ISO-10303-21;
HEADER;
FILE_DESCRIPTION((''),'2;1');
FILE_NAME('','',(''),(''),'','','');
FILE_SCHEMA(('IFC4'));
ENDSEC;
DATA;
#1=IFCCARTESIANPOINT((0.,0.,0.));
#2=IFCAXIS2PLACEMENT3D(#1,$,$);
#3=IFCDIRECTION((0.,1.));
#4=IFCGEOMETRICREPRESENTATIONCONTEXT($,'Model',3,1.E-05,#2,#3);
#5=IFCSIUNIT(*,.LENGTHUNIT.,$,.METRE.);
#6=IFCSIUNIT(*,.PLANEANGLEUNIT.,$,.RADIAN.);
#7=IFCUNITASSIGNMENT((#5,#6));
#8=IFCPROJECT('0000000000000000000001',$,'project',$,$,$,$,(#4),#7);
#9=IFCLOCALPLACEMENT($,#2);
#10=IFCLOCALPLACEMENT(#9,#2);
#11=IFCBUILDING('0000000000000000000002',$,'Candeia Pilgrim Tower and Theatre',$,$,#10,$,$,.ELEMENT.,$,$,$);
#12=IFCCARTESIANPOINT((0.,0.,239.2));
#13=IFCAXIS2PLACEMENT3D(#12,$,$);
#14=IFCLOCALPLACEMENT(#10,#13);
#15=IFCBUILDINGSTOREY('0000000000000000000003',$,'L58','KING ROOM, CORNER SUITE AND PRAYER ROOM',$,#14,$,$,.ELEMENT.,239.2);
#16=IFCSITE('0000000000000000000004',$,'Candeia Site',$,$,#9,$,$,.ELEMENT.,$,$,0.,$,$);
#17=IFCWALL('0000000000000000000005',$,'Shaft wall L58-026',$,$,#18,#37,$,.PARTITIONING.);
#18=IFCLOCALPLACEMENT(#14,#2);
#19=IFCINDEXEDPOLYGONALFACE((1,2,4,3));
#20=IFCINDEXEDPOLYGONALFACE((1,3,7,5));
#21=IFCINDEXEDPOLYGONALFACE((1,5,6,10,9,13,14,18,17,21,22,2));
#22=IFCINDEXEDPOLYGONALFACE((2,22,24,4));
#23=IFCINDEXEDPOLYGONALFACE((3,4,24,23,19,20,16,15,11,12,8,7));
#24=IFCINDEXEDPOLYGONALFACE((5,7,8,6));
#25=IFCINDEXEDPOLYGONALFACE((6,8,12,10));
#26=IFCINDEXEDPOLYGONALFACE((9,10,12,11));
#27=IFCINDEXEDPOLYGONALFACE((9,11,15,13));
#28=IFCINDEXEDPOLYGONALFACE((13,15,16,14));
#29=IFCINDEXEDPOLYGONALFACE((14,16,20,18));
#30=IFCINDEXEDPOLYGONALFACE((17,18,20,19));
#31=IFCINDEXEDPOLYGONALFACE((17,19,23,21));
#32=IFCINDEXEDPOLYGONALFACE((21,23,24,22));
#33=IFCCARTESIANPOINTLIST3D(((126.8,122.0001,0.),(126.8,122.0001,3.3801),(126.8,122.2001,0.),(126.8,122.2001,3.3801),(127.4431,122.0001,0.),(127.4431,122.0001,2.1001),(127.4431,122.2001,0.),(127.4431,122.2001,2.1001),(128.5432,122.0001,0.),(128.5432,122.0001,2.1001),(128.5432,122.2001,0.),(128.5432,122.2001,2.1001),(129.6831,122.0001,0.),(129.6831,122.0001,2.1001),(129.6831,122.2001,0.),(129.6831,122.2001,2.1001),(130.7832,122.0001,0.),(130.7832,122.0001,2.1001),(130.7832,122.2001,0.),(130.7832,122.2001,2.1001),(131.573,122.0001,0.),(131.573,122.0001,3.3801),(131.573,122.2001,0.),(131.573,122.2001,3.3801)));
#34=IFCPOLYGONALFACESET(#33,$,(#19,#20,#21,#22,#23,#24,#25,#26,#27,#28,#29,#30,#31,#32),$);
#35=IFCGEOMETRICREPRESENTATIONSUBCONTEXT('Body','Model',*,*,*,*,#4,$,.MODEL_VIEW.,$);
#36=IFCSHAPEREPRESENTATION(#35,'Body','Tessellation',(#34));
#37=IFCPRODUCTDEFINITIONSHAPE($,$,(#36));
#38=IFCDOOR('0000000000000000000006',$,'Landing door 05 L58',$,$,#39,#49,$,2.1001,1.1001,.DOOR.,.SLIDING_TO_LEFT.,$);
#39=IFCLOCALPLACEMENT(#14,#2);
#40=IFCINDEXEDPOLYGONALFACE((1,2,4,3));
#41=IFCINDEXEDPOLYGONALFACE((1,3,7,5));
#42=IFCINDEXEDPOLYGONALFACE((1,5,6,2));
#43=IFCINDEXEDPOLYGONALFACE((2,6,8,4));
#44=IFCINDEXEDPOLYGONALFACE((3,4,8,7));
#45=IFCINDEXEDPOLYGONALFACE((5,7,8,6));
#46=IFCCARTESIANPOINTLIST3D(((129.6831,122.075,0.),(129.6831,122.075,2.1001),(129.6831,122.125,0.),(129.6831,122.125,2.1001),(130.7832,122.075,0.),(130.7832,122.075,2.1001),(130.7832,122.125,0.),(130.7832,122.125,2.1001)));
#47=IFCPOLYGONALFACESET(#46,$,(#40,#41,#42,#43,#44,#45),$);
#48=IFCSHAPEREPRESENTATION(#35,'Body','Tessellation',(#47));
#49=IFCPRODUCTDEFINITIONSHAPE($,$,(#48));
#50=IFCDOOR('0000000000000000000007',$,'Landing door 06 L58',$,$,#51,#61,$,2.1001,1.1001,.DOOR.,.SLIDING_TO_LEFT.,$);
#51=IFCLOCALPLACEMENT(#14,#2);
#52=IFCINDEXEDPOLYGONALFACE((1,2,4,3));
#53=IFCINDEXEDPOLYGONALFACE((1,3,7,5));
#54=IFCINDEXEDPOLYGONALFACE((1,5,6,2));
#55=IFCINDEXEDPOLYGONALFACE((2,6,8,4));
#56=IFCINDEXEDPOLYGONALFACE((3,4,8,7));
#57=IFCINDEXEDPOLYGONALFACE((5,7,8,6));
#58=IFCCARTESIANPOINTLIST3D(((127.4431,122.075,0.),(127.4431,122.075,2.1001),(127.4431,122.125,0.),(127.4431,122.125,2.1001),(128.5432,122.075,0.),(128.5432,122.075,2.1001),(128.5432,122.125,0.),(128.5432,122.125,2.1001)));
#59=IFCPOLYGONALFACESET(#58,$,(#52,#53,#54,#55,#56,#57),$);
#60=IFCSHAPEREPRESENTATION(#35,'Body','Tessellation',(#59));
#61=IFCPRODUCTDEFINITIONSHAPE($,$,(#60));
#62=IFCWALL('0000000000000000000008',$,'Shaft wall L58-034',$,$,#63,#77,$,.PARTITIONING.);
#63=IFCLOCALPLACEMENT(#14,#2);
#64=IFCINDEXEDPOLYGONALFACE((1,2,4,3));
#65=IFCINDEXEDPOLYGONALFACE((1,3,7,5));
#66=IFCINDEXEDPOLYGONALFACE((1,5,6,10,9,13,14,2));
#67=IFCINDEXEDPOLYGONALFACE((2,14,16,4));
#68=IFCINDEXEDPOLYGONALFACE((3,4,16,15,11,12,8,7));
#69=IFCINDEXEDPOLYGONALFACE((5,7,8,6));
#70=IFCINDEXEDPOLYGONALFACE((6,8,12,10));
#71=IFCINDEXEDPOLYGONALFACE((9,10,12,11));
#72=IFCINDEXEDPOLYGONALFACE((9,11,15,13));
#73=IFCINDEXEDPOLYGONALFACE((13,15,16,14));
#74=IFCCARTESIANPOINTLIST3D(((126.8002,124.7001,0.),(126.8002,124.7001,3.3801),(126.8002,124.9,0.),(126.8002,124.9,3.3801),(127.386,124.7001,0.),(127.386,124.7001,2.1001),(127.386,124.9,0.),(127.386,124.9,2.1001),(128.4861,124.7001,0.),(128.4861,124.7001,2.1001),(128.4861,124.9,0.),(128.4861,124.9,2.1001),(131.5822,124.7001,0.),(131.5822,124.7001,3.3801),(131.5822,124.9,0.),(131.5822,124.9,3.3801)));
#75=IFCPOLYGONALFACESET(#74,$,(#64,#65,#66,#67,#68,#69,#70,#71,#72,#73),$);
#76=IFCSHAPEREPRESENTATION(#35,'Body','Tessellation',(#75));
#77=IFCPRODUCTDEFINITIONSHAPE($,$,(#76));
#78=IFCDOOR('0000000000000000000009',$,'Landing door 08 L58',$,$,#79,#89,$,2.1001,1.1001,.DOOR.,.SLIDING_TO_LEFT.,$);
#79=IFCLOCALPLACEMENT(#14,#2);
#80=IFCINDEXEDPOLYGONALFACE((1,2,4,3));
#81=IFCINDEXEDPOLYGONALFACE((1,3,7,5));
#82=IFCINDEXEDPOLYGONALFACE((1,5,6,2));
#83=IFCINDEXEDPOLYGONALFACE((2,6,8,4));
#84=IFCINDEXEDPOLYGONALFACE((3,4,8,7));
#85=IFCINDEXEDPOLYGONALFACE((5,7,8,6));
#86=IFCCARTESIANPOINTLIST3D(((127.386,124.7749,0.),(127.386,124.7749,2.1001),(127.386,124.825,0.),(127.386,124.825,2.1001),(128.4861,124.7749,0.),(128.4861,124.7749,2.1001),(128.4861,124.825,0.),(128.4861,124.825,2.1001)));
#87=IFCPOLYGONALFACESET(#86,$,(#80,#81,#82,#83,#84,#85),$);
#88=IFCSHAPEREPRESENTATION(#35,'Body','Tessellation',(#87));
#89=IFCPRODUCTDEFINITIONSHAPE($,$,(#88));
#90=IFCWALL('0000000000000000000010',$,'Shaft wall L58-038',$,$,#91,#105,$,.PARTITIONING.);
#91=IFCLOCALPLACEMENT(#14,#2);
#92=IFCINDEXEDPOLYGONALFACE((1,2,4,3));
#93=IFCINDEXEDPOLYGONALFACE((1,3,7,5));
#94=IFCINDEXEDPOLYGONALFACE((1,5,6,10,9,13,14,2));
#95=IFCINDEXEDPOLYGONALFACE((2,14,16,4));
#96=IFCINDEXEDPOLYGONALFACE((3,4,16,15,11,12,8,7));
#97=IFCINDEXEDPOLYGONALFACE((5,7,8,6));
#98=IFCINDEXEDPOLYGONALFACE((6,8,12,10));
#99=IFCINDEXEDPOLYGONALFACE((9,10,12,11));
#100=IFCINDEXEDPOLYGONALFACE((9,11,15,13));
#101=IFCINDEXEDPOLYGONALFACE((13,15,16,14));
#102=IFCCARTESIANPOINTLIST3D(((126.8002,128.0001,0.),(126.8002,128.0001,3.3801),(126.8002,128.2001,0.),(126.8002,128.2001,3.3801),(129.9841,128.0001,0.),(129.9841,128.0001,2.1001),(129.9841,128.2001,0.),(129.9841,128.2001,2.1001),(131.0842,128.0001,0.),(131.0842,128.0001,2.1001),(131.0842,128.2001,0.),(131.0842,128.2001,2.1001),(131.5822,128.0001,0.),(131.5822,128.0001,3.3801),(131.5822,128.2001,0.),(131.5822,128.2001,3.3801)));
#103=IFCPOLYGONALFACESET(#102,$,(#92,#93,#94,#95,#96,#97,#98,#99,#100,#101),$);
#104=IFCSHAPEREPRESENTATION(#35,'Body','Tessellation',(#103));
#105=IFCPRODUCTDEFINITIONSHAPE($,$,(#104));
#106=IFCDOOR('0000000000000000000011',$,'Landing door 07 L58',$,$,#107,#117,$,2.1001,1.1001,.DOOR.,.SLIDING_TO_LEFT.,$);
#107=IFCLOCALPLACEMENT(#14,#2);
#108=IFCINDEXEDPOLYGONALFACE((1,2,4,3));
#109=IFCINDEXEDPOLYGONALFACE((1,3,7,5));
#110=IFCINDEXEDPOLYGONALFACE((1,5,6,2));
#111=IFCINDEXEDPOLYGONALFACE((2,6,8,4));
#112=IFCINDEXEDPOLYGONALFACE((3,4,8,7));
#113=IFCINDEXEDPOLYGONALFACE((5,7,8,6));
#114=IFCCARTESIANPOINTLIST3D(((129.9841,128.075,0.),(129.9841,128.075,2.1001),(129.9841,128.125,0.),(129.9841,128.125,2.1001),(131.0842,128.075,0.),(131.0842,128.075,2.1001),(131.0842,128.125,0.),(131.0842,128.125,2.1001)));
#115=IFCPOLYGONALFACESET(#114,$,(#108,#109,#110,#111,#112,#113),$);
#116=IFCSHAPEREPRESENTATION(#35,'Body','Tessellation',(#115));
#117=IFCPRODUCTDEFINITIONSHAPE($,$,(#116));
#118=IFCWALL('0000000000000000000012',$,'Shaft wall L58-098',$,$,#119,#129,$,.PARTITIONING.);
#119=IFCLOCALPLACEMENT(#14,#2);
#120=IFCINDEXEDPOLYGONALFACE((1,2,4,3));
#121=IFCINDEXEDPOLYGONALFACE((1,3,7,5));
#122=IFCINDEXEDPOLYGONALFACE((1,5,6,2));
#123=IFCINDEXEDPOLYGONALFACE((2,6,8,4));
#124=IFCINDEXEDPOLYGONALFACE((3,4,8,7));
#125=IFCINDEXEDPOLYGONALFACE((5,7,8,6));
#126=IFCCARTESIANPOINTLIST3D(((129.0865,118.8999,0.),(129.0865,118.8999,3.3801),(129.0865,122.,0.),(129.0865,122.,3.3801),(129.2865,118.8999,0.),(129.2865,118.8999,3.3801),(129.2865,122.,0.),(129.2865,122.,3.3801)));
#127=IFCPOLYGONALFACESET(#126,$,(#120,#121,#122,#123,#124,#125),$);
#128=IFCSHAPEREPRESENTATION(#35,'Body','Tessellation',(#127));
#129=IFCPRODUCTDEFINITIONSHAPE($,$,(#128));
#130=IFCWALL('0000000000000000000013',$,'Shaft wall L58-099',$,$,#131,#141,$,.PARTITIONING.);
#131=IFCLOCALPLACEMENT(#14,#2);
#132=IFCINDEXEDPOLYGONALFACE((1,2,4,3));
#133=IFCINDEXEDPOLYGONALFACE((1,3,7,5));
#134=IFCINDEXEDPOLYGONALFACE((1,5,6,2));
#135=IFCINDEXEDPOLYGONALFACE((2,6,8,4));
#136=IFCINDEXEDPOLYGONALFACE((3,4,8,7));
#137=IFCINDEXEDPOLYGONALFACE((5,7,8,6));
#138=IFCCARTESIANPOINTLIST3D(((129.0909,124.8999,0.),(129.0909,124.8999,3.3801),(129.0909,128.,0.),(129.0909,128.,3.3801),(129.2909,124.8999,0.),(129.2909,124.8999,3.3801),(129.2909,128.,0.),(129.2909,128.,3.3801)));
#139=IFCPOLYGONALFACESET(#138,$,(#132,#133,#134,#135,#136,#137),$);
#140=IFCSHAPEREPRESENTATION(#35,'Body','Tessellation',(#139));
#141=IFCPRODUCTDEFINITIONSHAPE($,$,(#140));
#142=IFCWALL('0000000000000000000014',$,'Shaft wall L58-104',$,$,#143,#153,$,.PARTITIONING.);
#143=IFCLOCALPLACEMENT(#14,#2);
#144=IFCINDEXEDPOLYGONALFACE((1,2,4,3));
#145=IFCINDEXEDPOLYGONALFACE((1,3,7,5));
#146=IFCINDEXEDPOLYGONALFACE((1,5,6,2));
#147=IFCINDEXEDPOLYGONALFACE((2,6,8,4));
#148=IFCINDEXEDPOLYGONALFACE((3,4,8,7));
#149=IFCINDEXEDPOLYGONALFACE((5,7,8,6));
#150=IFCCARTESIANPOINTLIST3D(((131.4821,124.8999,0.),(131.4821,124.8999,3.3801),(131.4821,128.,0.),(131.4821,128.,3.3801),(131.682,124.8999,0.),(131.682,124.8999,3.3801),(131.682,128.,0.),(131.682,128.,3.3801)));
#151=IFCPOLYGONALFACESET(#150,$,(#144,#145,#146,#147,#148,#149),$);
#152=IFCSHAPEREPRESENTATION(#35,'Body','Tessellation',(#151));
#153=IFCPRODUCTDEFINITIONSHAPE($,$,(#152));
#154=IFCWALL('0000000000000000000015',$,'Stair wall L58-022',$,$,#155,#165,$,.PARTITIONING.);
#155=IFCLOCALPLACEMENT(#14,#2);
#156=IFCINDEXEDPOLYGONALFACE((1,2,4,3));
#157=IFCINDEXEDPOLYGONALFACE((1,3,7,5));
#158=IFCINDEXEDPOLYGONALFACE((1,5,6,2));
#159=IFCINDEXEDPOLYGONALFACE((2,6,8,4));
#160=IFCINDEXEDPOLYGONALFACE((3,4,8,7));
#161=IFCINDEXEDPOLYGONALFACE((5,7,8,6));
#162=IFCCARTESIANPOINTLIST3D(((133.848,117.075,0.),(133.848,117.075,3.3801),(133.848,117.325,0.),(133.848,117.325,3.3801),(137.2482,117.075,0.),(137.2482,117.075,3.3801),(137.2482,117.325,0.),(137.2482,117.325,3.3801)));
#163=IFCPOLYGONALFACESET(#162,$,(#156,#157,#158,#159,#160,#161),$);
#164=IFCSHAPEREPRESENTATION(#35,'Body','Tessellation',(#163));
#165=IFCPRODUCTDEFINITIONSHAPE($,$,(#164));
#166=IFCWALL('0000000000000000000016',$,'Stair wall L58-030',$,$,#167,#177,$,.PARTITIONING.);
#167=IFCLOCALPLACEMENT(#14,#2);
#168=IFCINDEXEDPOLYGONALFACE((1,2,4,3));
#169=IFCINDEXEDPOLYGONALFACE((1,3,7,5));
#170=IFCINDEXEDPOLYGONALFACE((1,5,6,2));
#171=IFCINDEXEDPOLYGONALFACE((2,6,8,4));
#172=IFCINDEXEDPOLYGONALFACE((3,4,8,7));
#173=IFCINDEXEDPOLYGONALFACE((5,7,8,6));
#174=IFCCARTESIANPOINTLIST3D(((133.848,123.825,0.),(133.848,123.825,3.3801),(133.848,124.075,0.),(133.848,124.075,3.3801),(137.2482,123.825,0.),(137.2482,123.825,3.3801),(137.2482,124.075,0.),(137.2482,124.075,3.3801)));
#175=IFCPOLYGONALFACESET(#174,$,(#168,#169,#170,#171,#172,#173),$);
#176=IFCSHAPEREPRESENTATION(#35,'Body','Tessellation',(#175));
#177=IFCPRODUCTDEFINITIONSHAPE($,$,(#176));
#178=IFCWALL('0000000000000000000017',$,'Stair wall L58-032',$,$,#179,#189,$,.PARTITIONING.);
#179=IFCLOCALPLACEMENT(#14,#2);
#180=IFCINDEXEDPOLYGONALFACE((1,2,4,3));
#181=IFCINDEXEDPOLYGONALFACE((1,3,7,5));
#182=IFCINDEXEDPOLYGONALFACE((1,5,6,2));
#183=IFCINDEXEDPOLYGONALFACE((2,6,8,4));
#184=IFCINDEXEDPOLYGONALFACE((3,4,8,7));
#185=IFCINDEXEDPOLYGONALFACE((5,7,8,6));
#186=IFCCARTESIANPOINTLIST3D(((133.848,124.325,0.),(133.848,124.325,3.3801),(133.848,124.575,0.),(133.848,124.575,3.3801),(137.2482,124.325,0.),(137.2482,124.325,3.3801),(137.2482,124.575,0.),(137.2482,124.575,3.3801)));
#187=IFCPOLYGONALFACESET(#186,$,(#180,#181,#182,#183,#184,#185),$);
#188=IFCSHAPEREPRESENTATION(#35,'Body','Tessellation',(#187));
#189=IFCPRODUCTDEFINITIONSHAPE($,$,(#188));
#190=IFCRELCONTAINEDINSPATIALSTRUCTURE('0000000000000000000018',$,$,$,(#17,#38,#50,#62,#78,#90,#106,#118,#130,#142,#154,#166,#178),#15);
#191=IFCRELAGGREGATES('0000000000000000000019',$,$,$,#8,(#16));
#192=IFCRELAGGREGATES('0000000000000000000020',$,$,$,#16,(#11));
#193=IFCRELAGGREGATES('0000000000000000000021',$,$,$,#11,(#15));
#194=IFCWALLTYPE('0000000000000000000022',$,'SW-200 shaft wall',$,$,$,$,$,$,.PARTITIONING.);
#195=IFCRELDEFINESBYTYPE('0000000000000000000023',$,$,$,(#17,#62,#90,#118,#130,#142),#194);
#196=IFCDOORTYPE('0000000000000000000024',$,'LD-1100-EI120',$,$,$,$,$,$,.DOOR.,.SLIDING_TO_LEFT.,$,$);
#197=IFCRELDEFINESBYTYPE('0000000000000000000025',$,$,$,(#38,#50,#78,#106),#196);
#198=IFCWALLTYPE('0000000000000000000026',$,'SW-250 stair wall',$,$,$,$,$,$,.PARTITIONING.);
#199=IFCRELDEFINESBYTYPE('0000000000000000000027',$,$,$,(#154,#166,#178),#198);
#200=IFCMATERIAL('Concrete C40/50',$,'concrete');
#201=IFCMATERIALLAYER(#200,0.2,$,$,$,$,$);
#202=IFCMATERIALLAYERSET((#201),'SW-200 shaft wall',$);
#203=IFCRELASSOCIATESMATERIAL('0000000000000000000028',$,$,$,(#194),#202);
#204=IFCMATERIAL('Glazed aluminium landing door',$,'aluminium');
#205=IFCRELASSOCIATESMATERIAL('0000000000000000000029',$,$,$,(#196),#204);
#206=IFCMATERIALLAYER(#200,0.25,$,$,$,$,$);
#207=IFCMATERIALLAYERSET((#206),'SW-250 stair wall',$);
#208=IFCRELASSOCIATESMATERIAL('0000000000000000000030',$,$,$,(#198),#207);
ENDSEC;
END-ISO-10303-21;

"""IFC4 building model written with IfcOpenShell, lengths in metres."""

from ifc_helpers import new_model, si_unit, direction, frame, frame_2d, origin, place, context, subcontext, project, spatial, rectangle, extrude, material, layer, layer_set, type_object, element, fill, save


model = new_model("IFC4")

# Units and contexts
model_context = context("Model", 3, precision=1e-05, world=origin(), true_north=direction((0.0, 1.0)))
body_context = subcontext(model_context, "Body", "Model", "MODEL_VIEW")
ifc_project = project(units=[si_unit("LENGTHUNIT", "METRE"), si_unit("PLANEANGLEUNIT", "RADIAN")], contexts=[model_context])

# Site, building, storey
site_placement = place(None, origin())
site = spatial("IfcSite", under=ifc_project, at=site_placement, Name="Candeia Site", CompositionType="ELEMENT", RefElevation=0.0)
building_placement = place(site_placement, origin())
building = spatial("IfcBuilding", under=site, at=building_placement, Name="Candeia Pilgrim Tower and Theatre", CompositionType="ELEMENT")
storey_placement = place(building_placement, frame((0.0, 0.0, 239.2)))
storey = spatial("IfcBuildingStorey", under=building, at=storey_placement, Name="L58", Description="KING ROOM, CORNER SUITE AND PRAYER ROOM", CompositionType="ELEMENT", Elevation=239.2)

# Shared definitions
ifc_material_1 = material(Name="Concrete C40/50", Category="concrete")
ifc_layer_1 = layer(ifc_material_1, 0.2)
ifc_layer_set_1 = layer_set([ifc_layer_1], Name="SW-200 shaft wall")
wall_type_1 = type_object("IfcWallType", Name="SW-200 shaft wall", PredefinedType="PARTITIONING", material=ifc_layer_set_1)

# Wall, openings, doors
wall_1_placement = place(storey_placement, frame((126.8, 122.1001, 0.0), z_axis=(0.0, 0.0, 1.0), x_axis=(1.0, 0.0, 0.0)))
wall_1 = element("IfcWall", 1, at=wall_1_placement, inside=storey, type_object=wall_type_1, Name="Shaft wall L58-026", PredefinedType="PARTITIONING", context=body_context, shape_type="SweptSolid", body=[
    extrude(rectangle(XDim=4.7729, YDim=0.2, at=frame_2d((2.3865, 0.0))), origin(), (0.0, 0.0, 1.0), 3.3801),
])
opening_1_placement = place(wall_1_placement, frame((2.8831, 0.0, 0.0)))
opening_1 = element("IfcOpeningElement", 2, at=opening_1_placement, cuts=wall_1, PredefinedType="OPENING", context=body_context, shape_type="SweptSolid", body=[
    extrude(rectangle(XDim=1.1001, YDim=2.1001, at=frame_2d((0.55, 1.05))), frame((0.0, 0.1099, 0.0), z_axis=(0.0, -1.0, 0.0), x_axis=(1.0, 0.0, 0.0)), (0.0, 0.0, 1.0), 0.22),
])
opening_2_placement = place(wall_1_placement, frame((0.6431, 0.0, 0.0)))
opening_2 = element("IfcOpeningElement", 3, at=opening_2_placement, cuts=wall_1, PredefinedType="OPENING", context=body_context, shape_type="SweptSolid", body=[
    extrude(rectangle(XDim=1.1001, YDim=2.1001, at=frame_2d((0.55, 1.05))), frame((0.0, 0.1099, 0.0), z_axis=(0.0, -1.0, 0.0), x_axis=(1.0, 0.0, 0.0)), (0.0, 0.0, 1.0), 0.22),
])
ifc_material_2 = material(Name="Glazed aluminium landing door", Category="aluminium")
door_type_1 = type_object("IfcDoorType", Name="LD-1100-EI120", OperationType="SLIDING_TO_LEFT", PredefinedType="DOOR", material=ifc_material_2)
door_1_placement = place(opening_1_placement, origin())
door_1 = element("IfcDoor", 4, at=door_1_placement, inside=storey, type_object=door_type_1, Name="Landing door 05 L58", OperationType="SLIDING_TO_LEFT", OverallHeight=2.1001, OverallWidth=1.1001, PredefinedType="DOOR", context=body_context, shape_type="SweptSolid", body=[
    extrude(rectangle(XDim=1.1001, YDim=2.1001, at=frame_2d((0.55, 1.05))), frame((0.0, 0.0249, 0.0), z_axis=(0.0, -1.0, 0.0), x_axis=(1.0, 0.0, 0.0)), (0.0, 0.0, 1.0), 0.05),
])
fill(opening_1, door_1)
door_2_placement = place(opening_2_placement, origin())
door_2 = element("IfcDoor", 5, at=door_2_placement, inside=storey, type_object=door_type_1, Name="Landing door 06 L58", OperationType="SLIDING_TO_LEFT", OverallHeight=2.1001, OverallWidth=1.1001, PredefinedType="DOOR", context=body_context, shape_type="SweptSolid", body=[
    extrude(rectangle(XDim=1.1001, YDim=2.1001, at=frame_2d((0.55, 1.05))), frame((0.0, 0.0249, 0.0), z_axis=(0.0, -1.0, 0.0), x_axis=(1.0, 0.0, 0.0)), (0.0, 0.0, 1.0), 0.05),
])
fill(opening_2, door_2)

# Walls, openings, doors
wall_2_placement = place(storey_placement, frame((126.8, 124.8, 0.0), z_axis=(0.0, 0.0, 1.0), x_axis=(1.0, 0.0, 0.0)))
wall_2 = element("IfcWall", 6, at=wall_2_placement, inside=storey, type_object=wall_type_1, Name="Shaft wall L58-034", PredefinedType="PARTITIONING", context=body_context, shape_type="SweptSolid", body=[
    extrude(rectangle(XDim=4.782, YDim=0.2, at=frame_2d((2.3911, 0.0))), origin(), (0.0, 0.0, 1.0), 3.3801),
])
opening_3_placement = place(wall_2_placement, frame((0.5859, 0.0, 0.0)))
opening_3 = element("IfcOpeningElement", 7, at=opening_3_placement, cuts=wall_2, PredefinedType="OPENING", context=body_context, shape_type="SweptSolid", body=[
    extrude(rectangle(XDim=1.1001, YDim=2.1001, at=frame_2d((0.55, 1.05))), frame((0.0, 0.1099, 0.0), z_axis=(0.0, -1.0, 0.0), x_axis=(1.0, 0.0, 0.0)), (0.0, 0.0, 1.0), 0.22),
])
door_3_placement = place(opening_3_placement, origin())
door_3 = element("IfcDoor", 8, at=door_3_placement, inside=storey, type_object=door_type_1, Name="Landing door 08 L58", OperationType="SLIDING_TO_LEFT", OverallHeight=2.1001, OverallWidth=1.1001, PredefinedType="DOOR", context=body_context, shape_type="SweptSolid", body=[
    extrude(rectangle(XDim=1.1001, YDim=2.1001, at=frame_2d((0.55, 1.05))), frame((0.0, 0.0249, 0.0), z_axis=(0.0, -1.0, 0.0), x_axis=(1.0, 0.0, 0.0)), (0.0, 0.0, 1.0), 0.05),
])
fill(opening_3, door_3)
wall_3_placement = place(storey_placement, frame((126.8, 128.1001, 0.0), z_axis=(0.0, 0.0, 1.0), x_axis=(1.0, 0.0, 0.0)))
wall_3 = element("IfcWall", 9, at=wall_3_placement, inside=storey, type_object=wall_type_1, Name="Shaft wall L58-038", PredefinedType="PARTITIONING", context=body_context, shape_type="SweptSolid", body=[
    extrude(rectangle(XDim=4.782, YDim=0.2, at=frame_2d((2.3911, 0.0))), origin(), (0.0, 0.0, 1.0), 3.3801),
])
opening_4_placement = place(wall_3_placement, frame((3.1841, 0.0, 0.0)))
opening_4 = element("IfcOpeningElement", 10, at=opening_4_placement, cuts=wall_3, PredefinedType="OPENING", context=body_context, shape_type="SweptSolid", body=[
    extrude(rectangle(XDim=1.1001, YDim=2.1001, at=frame_2d((0.55, 1.05))), frame((0.0, 0.1099, 0.0), z_axis=(0.0, -1.0, 0.0), x_axis=(1.0, 0.0, 0.0)), (0.0, 0.0, 1.0), 0.22),
])
door_4_placement = place(opening_4_placement, origin())
door_4 = element("IfcDoor", 11, at=door_4_placement, inside=storey, type_object=door_type_1, Name="Landing door 07 L58", OperationType="SLIDING_TO_LEFT", OverallHeight=2.1001, OverallWidth=1.1001, PredefinedType="DOOR", context=body_context, shape_type="SweptSolid", body=[
    extrude(rectangle(XDim=1.1001, YDim=2.1001, at=frame_2d((0.55, 1.05))), frame((0.0, 0.0249, 0.0), z_axis=(0.0, -1.0, 0.0), x_axis=(1.0, 0.0, 0.0)), (0.0, 0.0, 1.0), 0.05),
])
fill(opening_4, door_4)

# Walls
for number, where, z_axis, x_axis, name in (
    (12, (129.1865, 118.8999, 0.0), (0.0, 0.0, 1.0), (0.0, 1.0, 0.0), "Shaft wall L58-098"),
    (13, (129.1909, 124.8999, 0.0), (0.0, 0.0, 1.0), (0.0, 1.0, 0.0), "Shaft wall L58-099"),
    (14, (131.582, 124.8999, 0.0), (0.0, 0.0, 1.0), (0.0, 1.0, 0.0), "Shaft wall L58-104"),
):
    element("IfcWall", number, at=place(storey_placement, frame(where, z_axis=z_axis, x_axis=x_axis)), inside=storey, type_object=wall_type_1, Name=name, PredefinedType="PARTITIONING", context=body_context, shape_type="SweptSolid", body=[
        extrude(rectangle(XDim=3.1001, YDim=0.2, at=frame_2d((1.55, 0.0))), origin(), (0.0, 0.0, 1.0), 3.3801),
    ])
ifc_layer_2 = layer(ifc_material_1, 0.25)
ifc_layer_set_2 = layer_set([ifc_layer_2], Name="SW-250 stair wall")
wall_type_2 = type_object("IfcWallType", Name="SW-250 stair wall", PredefinedType="PARTITIONING", material=ifc_layer_set_2)
for number, where, z_axis, x_axis, name in (
    (15, (133.8479, 117.2, 0.0), (0.0, 0.0, 1.0), (1.0, 0.0, 0.0), "Stair wall L58-022"),
    (16, (133.8479, 123.95, 0.0), (0.0, 0.0, 1.0), (1.0, 0.0, 0.0), "Stair wall L58-030"),
    (17, (133.8479, 124.45, 0.0), (0.0, 0.0, 1.0), (1.0, 0.0, 0.0), "Stair wall L58-032"),
):
    element("IfcWall", number, at=place(storey_placement, frame(where, z_axis=z_axis, x_axis=x_axis)), inside=storey, type_object=wall_type_2, Name=name, PredefinedType="PARTITIONING", context=body_context, shape_type="SweptSolid", body=[
        extrude(rectangle(XDim=3.4001, YDim=0.25, at=frame_2d((1.7002, 0.0))), origin(), (0.0, 0.0, 1.0), 3.3801),
    ])

save(model, "model.ifc")
